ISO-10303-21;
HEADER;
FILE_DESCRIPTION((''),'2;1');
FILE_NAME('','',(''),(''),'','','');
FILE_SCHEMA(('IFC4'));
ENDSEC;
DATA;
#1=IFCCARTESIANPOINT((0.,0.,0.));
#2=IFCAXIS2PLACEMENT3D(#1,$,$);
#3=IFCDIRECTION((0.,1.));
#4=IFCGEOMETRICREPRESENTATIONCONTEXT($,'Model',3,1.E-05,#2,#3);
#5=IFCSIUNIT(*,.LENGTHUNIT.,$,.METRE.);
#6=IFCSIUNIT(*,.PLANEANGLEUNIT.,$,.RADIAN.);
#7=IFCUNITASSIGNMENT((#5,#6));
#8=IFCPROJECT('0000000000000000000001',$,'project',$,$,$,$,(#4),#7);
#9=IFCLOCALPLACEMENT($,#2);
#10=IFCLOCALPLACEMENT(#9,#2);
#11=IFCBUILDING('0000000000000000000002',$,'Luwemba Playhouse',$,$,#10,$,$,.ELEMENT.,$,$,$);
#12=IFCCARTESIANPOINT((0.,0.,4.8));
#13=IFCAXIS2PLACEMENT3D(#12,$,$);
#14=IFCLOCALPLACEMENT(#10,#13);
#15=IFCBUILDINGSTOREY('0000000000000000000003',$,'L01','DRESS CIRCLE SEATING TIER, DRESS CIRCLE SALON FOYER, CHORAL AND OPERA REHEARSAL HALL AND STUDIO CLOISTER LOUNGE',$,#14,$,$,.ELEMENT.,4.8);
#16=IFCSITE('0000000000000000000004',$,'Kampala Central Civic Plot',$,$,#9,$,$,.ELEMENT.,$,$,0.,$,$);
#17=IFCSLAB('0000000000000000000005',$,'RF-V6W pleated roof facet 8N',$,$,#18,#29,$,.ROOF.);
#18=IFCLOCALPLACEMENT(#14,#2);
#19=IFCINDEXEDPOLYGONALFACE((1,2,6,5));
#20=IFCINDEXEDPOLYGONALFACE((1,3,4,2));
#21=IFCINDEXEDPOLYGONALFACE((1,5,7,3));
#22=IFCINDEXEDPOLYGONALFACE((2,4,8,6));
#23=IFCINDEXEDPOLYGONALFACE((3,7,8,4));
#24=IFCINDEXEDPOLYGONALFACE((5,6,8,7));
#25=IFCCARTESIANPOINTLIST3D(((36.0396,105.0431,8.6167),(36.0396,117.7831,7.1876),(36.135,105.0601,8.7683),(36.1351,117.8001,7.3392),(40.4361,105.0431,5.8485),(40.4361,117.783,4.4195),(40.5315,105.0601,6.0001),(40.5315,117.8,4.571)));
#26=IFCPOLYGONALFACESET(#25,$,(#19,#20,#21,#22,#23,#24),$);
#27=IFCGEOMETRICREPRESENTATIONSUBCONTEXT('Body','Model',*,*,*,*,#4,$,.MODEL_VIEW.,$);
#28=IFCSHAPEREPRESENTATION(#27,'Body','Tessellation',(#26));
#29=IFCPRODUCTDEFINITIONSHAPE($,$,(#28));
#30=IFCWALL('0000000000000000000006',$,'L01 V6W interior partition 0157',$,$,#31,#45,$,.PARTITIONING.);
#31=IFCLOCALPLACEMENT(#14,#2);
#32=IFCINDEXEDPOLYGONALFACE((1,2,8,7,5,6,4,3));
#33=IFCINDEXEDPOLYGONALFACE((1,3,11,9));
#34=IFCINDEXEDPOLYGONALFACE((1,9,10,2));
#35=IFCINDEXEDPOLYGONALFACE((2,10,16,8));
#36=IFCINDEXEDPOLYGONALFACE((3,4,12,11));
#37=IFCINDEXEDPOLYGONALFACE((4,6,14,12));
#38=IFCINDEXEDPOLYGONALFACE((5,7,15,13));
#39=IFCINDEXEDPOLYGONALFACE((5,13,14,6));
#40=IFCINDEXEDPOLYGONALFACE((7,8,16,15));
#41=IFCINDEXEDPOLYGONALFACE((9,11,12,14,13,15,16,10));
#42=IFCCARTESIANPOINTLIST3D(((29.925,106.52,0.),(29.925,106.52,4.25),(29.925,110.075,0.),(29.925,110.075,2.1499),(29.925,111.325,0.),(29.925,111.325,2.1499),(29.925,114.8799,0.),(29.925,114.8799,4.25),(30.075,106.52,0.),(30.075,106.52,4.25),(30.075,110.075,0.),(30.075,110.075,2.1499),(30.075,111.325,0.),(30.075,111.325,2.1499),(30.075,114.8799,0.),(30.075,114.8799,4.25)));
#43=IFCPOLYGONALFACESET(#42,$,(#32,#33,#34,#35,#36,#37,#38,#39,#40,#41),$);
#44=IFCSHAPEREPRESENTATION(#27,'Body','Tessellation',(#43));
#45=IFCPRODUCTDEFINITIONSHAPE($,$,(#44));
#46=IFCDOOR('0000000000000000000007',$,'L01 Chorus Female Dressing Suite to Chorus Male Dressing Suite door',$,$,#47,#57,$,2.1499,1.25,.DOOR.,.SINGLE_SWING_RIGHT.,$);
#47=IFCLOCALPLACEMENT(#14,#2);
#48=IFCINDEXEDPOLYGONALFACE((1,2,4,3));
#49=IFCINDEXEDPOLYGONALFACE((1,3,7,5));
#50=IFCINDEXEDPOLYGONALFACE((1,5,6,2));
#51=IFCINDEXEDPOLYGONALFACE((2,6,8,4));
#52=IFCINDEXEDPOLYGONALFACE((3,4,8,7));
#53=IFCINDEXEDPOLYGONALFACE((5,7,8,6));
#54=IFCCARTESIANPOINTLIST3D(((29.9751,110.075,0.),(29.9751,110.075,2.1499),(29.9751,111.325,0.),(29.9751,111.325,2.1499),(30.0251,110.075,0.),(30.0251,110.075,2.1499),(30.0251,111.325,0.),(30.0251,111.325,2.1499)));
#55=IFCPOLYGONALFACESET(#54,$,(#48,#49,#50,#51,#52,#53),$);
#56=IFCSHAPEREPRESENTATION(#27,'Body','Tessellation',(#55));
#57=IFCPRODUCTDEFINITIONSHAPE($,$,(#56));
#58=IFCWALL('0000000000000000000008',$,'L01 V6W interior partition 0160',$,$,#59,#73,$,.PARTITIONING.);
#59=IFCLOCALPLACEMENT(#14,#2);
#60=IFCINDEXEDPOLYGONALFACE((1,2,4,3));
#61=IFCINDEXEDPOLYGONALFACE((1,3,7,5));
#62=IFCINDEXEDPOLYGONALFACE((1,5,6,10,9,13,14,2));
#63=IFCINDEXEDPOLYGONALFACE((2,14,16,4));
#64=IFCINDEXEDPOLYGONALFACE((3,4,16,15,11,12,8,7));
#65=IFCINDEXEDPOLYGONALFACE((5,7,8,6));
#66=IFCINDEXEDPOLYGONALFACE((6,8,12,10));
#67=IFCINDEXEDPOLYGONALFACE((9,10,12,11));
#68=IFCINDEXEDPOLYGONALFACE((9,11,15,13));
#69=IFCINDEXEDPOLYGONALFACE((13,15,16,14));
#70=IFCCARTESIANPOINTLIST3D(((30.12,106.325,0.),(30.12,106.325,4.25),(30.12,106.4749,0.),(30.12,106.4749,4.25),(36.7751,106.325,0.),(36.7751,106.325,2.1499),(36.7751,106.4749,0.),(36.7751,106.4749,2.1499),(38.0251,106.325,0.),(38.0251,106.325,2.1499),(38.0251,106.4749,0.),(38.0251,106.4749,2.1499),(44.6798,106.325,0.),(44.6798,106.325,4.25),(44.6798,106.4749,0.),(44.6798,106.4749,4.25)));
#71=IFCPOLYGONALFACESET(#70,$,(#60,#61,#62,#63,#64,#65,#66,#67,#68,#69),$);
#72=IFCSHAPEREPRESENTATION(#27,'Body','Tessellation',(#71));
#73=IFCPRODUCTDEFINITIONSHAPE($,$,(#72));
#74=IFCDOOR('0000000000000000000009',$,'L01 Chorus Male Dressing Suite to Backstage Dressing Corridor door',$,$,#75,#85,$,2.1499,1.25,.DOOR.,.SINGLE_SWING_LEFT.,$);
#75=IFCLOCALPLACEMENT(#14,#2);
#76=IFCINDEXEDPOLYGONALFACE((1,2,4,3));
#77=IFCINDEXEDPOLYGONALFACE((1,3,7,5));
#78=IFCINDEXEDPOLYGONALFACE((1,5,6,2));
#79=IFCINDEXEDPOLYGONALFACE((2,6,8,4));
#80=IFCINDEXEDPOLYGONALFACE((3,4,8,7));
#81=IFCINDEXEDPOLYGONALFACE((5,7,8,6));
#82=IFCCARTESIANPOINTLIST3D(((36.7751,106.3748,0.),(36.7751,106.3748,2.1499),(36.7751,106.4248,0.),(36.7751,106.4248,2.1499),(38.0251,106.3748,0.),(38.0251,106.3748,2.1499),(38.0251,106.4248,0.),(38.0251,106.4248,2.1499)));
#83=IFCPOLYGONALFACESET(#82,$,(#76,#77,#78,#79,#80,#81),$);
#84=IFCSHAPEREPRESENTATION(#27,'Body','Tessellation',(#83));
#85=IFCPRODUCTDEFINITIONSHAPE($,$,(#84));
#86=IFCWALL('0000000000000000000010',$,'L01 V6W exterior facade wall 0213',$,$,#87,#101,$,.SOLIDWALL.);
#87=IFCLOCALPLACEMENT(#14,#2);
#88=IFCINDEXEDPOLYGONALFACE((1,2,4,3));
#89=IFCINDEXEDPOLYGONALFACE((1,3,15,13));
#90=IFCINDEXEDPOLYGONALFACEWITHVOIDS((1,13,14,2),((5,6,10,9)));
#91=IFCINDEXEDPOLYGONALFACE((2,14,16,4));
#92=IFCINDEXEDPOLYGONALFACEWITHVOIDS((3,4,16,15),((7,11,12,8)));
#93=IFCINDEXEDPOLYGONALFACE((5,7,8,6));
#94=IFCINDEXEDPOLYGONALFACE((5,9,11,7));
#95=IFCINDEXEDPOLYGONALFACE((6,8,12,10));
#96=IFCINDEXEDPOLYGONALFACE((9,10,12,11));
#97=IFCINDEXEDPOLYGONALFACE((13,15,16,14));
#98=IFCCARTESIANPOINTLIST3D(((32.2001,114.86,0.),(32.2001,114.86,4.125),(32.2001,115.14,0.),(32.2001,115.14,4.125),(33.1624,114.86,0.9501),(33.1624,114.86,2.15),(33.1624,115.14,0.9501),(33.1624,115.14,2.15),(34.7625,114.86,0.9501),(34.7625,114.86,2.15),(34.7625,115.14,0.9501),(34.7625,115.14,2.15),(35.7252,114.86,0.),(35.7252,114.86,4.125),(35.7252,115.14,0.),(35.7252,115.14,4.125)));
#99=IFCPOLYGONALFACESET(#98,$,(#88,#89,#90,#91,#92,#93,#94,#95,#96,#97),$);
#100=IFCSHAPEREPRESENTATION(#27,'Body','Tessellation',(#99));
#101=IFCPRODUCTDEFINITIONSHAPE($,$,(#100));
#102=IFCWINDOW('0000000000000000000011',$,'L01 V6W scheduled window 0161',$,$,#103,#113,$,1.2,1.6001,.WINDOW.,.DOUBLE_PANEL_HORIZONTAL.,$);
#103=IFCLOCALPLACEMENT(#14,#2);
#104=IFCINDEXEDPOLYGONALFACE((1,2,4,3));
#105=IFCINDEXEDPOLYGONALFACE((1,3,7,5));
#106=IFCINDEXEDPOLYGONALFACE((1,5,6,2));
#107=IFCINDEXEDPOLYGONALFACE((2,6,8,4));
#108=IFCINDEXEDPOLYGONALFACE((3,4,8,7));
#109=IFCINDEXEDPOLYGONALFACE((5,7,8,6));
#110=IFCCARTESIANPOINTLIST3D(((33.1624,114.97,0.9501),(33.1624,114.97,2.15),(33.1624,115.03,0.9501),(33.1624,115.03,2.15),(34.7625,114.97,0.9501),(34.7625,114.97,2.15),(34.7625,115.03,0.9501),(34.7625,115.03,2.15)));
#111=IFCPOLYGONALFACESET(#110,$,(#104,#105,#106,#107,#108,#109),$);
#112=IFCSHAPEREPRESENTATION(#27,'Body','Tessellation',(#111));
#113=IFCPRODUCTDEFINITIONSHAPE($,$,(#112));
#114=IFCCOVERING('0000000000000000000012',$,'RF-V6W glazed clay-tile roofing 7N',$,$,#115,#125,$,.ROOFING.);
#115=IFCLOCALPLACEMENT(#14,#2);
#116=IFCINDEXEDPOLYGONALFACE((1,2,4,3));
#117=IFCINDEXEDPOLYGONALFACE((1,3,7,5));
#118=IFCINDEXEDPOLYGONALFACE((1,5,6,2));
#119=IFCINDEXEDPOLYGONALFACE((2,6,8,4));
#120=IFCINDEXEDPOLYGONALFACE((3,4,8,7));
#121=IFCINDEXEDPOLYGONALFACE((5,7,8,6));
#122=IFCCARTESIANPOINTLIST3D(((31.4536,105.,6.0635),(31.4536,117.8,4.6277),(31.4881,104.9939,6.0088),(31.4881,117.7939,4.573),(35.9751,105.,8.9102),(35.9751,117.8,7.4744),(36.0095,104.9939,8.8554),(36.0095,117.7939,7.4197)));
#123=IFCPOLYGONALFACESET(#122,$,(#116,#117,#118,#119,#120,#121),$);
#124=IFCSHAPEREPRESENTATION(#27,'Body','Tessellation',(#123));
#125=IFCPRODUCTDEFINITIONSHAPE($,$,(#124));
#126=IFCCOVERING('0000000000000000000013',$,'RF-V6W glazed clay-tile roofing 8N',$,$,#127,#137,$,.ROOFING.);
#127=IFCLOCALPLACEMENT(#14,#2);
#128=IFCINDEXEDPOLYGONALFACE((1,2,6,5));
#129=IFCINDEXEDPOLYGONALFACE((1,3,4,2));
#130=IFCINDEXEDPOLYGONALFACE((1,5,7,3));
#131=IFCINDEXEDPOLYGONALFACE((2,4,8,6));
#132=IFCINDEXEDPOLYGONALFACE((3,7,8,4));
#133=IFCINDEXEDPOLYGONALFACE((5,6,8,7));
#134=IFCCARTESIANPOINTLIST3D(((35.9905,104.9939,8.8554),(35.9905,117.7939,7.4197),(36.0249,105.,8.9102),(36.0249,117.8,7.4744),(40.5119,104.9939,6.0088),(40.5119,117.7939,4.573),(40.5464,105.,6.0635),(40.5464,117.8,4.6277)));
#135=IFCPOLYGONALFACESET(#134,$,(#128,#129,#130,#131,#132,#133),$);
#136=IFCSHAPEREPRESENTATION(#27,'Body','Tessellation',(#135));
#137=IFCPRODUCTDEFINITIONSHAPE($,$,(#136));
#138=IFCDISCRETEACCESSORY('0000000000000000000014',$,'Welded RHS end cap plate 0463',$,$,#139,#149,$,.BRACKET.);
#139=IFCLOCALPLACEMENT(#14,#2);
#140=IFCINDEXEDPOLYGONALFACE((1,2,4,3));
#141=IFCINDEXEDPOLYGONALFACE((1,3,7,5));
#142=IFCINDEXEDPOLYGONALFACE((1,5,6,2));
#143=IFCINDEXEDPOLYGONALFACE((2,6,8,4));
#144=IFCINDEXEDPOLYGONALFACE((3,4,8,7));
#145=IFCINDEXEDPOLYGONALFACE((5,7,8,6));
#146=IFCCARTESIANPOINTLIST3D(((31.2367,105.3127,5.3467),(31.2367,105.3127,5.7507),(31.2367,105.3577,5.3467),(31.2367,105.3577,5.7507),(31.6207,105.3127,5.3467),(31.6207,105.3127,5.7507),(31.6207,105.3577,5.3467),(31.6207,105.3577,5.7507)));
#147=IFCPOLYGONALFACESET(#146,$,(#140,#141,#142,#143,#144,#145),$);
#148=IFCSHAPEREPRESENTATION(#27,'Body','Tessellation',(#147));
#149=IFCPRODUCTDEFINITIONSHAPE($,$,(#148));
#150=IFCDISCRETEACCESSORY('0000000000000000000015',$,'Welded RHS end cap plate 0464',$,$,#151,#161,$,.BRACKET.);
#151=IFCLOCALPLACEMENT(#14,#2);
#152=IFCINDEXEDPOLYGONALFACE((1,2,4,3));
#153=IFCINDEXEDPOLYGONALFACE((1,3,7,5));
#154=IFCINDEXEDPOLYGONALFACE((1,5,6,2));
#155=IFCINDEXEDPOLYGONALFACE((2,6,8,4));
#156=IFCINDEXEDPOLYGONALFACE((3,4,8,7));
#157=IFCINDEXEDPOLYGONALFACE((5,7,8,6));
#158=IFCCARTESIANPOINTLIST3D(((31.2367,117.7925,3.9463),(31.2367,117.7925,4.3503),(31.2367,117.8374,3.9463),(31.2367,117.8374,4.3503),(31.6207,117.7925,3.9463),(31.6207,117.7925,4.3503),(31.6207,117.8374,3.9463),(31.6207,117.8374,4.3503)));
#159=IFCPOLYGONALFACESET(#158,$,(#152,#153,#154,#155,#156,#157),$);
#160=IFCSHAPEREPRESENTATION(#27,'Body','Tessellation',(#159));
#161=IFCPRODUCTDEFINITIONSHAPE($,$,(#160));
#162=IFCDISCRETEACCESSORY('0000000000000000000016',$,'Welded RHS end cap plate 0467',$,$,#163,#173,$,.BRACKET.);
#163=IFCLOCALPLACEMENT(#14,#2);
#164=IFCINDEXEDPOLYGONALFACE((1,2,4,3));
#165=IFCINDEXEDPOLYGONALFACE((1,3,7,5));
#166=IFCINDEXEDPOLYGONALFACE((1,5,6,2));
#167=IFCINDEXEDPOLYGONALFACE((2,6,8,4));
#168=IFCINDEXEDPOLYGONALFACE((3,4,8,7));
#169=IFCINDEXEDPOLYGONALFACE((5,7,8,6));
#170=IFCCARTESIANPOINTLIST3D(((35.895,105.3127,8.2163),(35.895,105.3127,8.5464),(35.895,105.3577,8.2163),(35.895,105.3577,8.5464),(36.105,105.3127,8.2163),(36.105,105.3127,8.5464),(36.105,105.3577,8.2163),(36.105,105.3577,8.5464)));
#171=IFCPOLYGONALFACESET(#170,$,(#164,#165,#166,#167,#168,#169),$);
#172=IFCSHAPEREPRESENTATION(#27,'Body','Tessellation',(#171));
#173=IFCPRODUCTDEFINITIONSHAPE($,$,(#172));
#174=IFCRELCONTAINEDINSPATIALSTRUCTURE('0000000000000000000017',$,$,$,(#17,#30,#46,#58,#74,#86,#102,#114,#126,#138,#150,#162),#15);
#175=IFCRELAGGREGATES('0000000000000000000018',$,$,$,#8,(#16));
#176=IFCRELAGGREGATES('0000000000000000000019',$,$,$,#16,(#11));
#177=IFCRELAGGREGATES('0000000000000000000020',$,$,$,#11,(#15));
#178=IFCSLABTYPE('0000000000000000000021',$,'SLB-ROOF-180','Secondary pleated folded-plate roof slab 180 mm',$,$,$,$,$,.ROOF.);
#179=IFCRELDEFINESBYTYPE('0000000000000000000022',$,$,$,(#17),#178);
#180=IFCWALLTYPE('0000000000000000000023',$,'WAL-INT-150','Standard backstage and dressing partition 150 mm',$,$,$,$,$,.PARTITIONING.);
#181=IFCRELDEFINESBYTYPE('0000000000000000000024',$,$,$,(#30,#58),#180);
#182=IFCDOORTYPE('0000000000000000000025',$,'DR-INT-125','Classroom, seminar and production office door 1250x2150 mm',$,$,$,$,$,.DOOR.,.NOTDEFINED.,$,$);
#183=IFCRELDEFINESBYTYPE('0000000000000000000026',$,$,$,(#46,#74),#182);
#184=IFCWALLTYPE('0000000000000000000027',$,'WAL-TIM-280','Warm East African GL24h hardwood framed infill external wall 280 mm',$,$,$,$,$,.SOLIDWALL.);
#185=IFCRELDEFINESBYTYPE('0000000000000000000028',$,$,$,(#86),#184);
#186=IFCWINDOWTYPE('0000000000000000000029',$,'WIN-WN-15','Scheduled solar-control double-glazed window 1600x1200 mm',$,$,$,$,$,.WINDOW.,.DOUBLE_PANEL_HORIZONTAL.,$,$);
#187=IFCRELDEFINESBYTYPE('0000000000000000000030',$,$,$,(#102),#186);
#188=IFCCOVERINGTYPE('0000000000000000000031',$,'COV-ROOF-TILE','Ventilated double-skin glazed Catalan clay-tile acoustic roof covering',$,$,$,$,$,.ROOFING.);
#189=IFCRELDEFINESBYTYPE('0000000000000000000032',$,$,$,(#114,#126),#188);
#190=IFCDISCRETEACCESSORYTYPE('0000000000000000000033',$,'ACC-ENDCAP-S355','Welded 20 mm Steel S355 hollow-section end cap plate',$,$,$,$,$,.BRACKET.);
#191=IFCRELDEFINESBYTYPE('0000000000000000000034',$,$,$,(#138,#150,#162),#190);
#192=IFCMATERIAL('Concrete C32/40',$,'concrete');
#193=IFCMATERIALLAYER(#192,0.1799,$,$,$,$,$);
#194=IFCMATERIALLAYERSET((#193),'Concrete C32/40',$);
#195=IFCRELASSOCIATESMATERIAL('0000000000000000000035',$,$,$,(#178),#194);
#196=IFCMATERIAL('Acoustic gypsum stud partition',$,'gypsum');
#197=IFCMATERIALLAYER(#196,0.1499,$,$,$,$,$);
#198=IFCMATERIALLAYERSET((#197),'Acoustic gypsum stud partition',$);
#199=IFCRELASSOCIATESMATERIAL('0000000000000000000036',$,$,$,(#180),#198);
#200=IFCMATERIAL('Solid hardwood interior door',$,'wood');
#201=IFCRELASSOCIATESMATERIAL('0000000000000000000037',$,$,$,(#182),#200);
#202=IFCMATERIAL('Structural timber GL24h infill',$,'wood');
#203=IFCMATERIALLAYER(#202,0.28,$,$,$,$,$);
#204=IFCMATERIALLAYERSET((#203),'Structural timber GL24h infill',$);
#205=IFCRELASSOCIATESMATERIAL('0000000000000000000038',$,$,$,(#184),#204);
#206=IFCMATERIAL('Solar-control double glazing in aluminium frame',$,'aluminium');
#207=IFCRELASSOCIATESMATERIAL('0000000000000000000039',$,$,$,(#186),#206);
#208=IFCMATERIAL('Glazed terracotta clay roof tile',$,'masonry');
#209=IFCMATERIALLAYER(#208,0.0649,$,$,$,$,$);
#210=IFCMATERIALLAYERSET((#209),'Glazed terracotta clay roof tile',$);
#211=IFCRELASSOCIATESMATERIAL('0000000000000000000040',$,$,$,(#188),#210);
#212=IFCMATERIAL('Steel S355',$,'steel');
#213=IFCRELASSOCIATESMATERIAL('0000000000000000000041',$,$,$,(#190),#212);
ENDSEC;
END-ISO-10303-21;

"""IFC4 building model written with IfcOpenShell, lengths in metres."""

from ifc_helpers import new_model, si_unit, direction, frame, frame_2d, origin, origin_2d, place, context, subcontext, project, spatial, polyline, rectangle, outline, extrude, material, layer, layer_set, type_object, element, fill, save


model = new_model("IFC4")

# Units and contexts
model_context = context("Model", 3, precision=1e-05, world=origin(), true_north=direction((0.0, 1.0)))
body_context = subcontext(model_context, "Body", "Model", "MODEL_VIEW")
ifc_project = project(units=[si_unit("LENGTHUNIT", "METRE"), si_unit("PLANEANGLEUNIT", "RADIAN")], contexts=[model_context])

# Site, building, storey
site_placement = place(None, origin())
site = spatial("IfcSite", under=ifc_project, at=site_placement, Name="Kampala Central Civic Plot", CompositionType="ELEMENT", RefElevation=0.0)
building_placement = place(site_placement, origin())
building = spatial("IfcBuilding", under=site, at=building_placement, Name="Luwemba Playhouse", CompositionType="ELEMENT")
storey_placement = place(building_placement, frame((0.0, 0.0, 4.8)))
storey = spatial("IfcBuildingStorey", under=building, at=storey_placement, Name="L01", Description="DRESS CIRCLE SEATING TIER, DRESS CIRCLE SALON FOYER, CHORAL AND OPERA REHEARSAL HALL AND STUDIO CLOISTER LOUNGE", CompositionType="ELEMENT", Elevation=4.8)

# Shared definitions
ifc_material_1 = material(Name="Steel S355", Category="steel")

# Slab
ifc_material_2 = material(Name="Concrete C32/40", Category="concrete")
ifc_layer_1 = layer(ifc_material_2, 0.1799)
ifc_layer_set_1 = layer_set([ifc_layer_1], Name="Concrete C32/40")
slab_type = type_object("IfcSlabType", Name="SLB-ROOF-180", Description="Secondary pleated folded-plate roof slab 180 mm", PredefinedType="ROOF", material=ifc_layer_set_1)
slab_1_placement = place(storey_placement, frame((36.135, 105.0601, 8.7683), z_axis=(0.530433, 0.094499, 0.842443), x_axis=(0.84623, 0.000002, -0.532818)))
element("IfcSlab", 1, at=slab_1_placement, inside=storey, type_object=slab_type, Name="RF-V6W pleated roof facet 8N", PredefinedType="ROOF", context=body_context, shape_type="SweptSolid", body=[
    extrude(outline(polyline([(0.0, 0.0), (5.1954, 0.0), (5.9568, 12.7972), (0.7615, 12.7973), (0.0, 0.0)])), origin(), (0.0, 0.0, -1.0), 0.1799),
])

# Walls, openings, doors
ifc_material_3 = material(Name="Acoustic gypsum stud partition", Category="gypsum")
ifc_layer_2 = layer(ifc_material_3, 0.1499)
ifc_layer_set_2 = layer_set([ifc_layer_2], Name="Acoustic gypsum stud partition")
wall_type_1 = type_object("IfcWallType", Name="WAL-INT-150", Description="Standard backstage and dressing partition 150 mm", PredefinedType="PARTITIONING", material=ifc_layer_set_2)
wall_1_placement = place(storey_placement, frame((30.0, 106.52, 0.0), z_axis=(0.0, 0.0, 1.0), x_axis=(0.0, 1.0, 0.0)))
wall_1 = element("IfcWall", 2, at=wall_1_placement, inside=storey, type_object=wall_type_1, Name="L01 V6W interior partition 0157", PredefinedType="PARTITIONING", context=body_context, shape_type="SweptSolid", body=[
    extrude(rectangle(XDim=8.3599, YDim=0.1499, at=frame_2d((4.1799, 0.0))), origin(), (0.0, 0.0, 1.0), 4.25),
])
opening_1_placement = place(wall_1_placement, frame((3.5549, 0.0, 0.0)))
opening_1 = element("IfcOpeningElement", 3, at=opening_1_placement, cuts=wall_1, PredefinedType="OPENING", context=body_context, shape_type="SweptSolid", body=[
    extrude(rectangle(XDim=1.25, YDim=2.1499, at=frame_2d((0.625, 1.075))), frame((0.0, 0.085, 0.0), z_axis=(0.0, -1.0, 0.0), x_axis=(1.0, 0.0, 0.0)), (0.0, 0.0, 1.0), 0.1699),
])
ifc_material_4 = material(Name="Solid hardwood interior door", Category="wood")
door_type = type_object("IfcDoorType", Name="DR-INT-125", Description="Classroom, seminar and production office door 1250x2150 mm", OperationType="NOTDEFINED", PredefinedType="DOOR", material=ifc_material_4)
door_1_placement = place(opening_1_placement, origin())
door_1 = element("IfcDoor", 4, at=door_1_placement, inside=storey, type_object=door_type, Name="L01 Chorus Female Dressing Suite to Chorus Male Dressing Suite door", OperationType="SINGLE_SWING_RIGHT", OverallHeight=2.1499, OverallWidth=1.25, PredefinedType="DOOR", context=body_context, shape_type="SweptSolid", body=[
    extrude(rectangle(XDim=1.25, YDim=2.1499, at=frame_2d((0.625, 1.075))), frame((0.0, 0.0249, 0.0), z_axis=(0.0, -1.0, 0.0), x_axis=(1.0, 0.0, 0.0)), (0.0, 0.0, 1.0), 0.05),
])
fill(opening_1, door_1)
wall_2_placement = place(storey_placement, frame((30.1201, 106.3999, 0.0), z_axis=(0.0, 0.0, 1.0), x_axis=(1.0, 0.0, 0.0)))
wall_2 = element("IfcWall", 5, at=wall_2_placement, inside=storey, type_object=wall_type_1, Name="L01 V6W interior partition 0160", PredefinedType="PARTITIONING", context=body_context, shape_type="SweptSolid", body=[
    extrude(rectangle(XDim=14.5598, YDim=0.1499, at=frame_2d((7.2798, 0.0))), origin(), (0.0, 0.0, 1.0), 4.25),
])
opening_2_placement = place(wall_2_placement, frame((6.655, 0.0, 0.0)))
opening_2 = element("IfcOpeningElement", 6, at=opening_2_placement, cuts=wall_2, PredefinedType="OPENING", context=body_context, shape_type="SweptSolid", body=[
    extrude(rectangle(XDim=1.25, YDim=2.1499, at=frame_2d((0.625, 1.075))), frame((0.0, 0.085, 0.0), z_axis=(0.0, -1.0, 0.0), x_axis=(1.0, 0.0, 0.0)), (0.0, 0.0, 1.0), 0.1699),
])
door_2_placement = place(opening_2_placement, origin())
door_2 = element("IfcDoor", 7, at=door_2_placement, inside=storey, type_object=door_type, Name="L01 Chorus Male Dressing Suite to Backstage Dressing Corridor door", OperationType="SINGLE_SWING_LEFT", OverallHeight=2.1499, OverallWidth=1.25, PredefinedType="DOOR", context=body_context, shape_type="SweptSolid", body=[
    extrude(rectangle(XDim=1.25, YDim=2.1499, at=frame_2d((0.625, 1.075))), frame((0.0, 0.0249, 0.0), z_axis=(0.0, -1.0, 0.0), x_axis=(1.0, 0.0, 0.0)), (0.0, 0.0, 1.0), 0.05),
])
fill(opening_2, door_2)

# Wall, opening, window
ifc_material_5 = material(Name="Structural timber GL24h infill", Category="wood")
ifc_layer_3 = layer(ifc_material_5, 0.28)
ifc_layer_set_3 = layer_set([ifc_layer_3], Name="Structural timber GL24h infill")
wall_type_2 = type_object("IfcWallType", Name="WAL-TIM-280", Description="Warm East African GL24h hardwood framed infill external wall 280 mm", PredefinedType="SOLIDWALL", material=ifc_layer_set_3)
wall_3_placement = place(storey_placement, frame((32.2, 115.0, 0.0), z_axis=(0.0, 0.0, 1.0), x_axis=(1.0, 0.0, 0.0)))
wall_3 = element("IfcWall", 8, at=wall_3_placement, inside=storey, type_object=wall_type_2, Name="L01 V6W exterior facade wall 0213", PredefinedType="SOLIDWALL", context=body_context, shape_type="SweptSolid", body=[
    extrude(rectangle(XDim=3.5251, YDim=0.28, at=frame_2d((1.7627, 0.0))), origin(), (0.0, 0.0, 1.0), 4.125),
])
opening_3_placement = place(wall_3_placement, frame((0.9624, 0.0, 0.95)))
opening_3 = element("IfcOpeningElement", 9, at=opening_3_placement, cuts=wall_3, PredefinedType="OPENING", context=body_context, shape_type="SweptSolid", body=[
    extrude(rectangle(XDim=1.6001, YDim=1.2, at=frame_2d((0.8, 0.6001))), frame((0.0, 0.1499, 0.0), z_axis=(0.0, -1.0, 0.0), x_axis=(1.0, 0.0, 0.0)), (0.0, 0.0, 1.0), 0.3),
])
ifc_material_6 = material(Name="Solar-control double glazing in aluminium frame", Category="aluminium")
window_type = type_object("IfcWindowType", Name="WIN-WN-15", Description="Scheduled solar-control double-glazed window 1600x1200 mm", PartitioningType="DOUBLE_PANEL_HORIZONTAL", PredefinedType="WINDOW", material=ifc_material_6)
window_placement = place(opening_3_placement, origin())
window = element("IfcWindow", 10, at=window_placement, inside=storey, type_object=window_type, Name="L01 V6W scheduled window 0161", OverallHeight=1.2, OverallWidth=1.6001, PartitioningType="DOUBLE_PANEL_HORIZONTAL", PredefinedType="WINDOW", context=body_context, shape_type="SweptSolid", body=[
    extrude(rectangle(XDim=1.6001, YDim=1.2, at=frame_2d((0.8, 0.6001))), frame((0.0, 0.03, 0.0), z_axis=(0.0, -1.0, 0.0), x_axis=(1.0, 0.0, 0.0)), (0.0, 0.0, 1.0), 0.0601),
])
fill(opening_3, window)

# Coverings
ifc_material_7 = material(Name="Glazed terracotta clay roof tile", Category="masonry")
ifc_layer_4 = layer(ifc_material_7, 0.0649)
ifc_layer_set_4 = layer_set([ifc_layer_4], Name="Glazed terracotta clay roof tile")
covering_type = type_object("IfcCoveringType", Name="COV-ROOF-TILE", Description="Ventilated double-skin glazed Catalan clay-tile acoustic roof covering", PredefinedType="ROOFING", material=ifc_layer_set_4)
covering_1_placement = place(storey_placement, frame((31.4536, 105.0, 6.0635), z_axis=(-0.530405, 0.094499, 0.842461), x_axis=(0.846248, 0.0, 0.532789)))
element("IfcCovering", 11, at=covering_1_placement, inside=storey, type_object=covering_type, Name="RF-V6W glazed clay-tile roofing 7N", PredefinedType="ROOFING", context=body_context, shape_type="SweptSolid", body=[
    extrude(outline(polyline([(0.0, 0.0), (5.343, 0.0), (4.578, 12.8576), (-0.765, 12.8576), (0.0, 0.0)])), origin(), (0.0, 0.0, -1.0), 0.0649),
])
covering_2_placement = place(storey_placement, frame((36.0249, 105.0, 8.9102), z_axis=(0.530405, 0.094499, 0.842461), x_axis=(0.846248, 0.0, -0.532789)))
element("IfcCovering", 12, at=covering_2_placement, inside=storey, type_object=covering_type, Name="RF-V6W glazed clay-tile roofing 8N", PredefinedType="ROOFING", context=body_context, shape_type="SweptSolid", body=[
    extrude(outline(polyline([(0.0, 0.0), (5.343, 0.0), (6.108, 12.8576), (0.765, 12.8576), (0.0, 0.0)])), origin(), (0.0, 0.0, -1.0), 0.0649),
])

# Discrete accessories
discrete_accessory_type = type_object("IfcDiscreteAccessoryType", Name="ACC-ENDCAP-S355", Description="Welded 20 mm Steel S355 hollow-section end cap plate", PredefinedType="BRACKET", material=ifc_material_1)
for number, where, z_axis, x_axis, name in (
    (13, (31.4287, 105.3352, 5.3467), (0.0, 0.0, 1.0), (1.0, 0.0, 0.0), "Welded RHS end cap plate 0463"),
    (14, (31.4287, 117.8149, 3.9463), (0.0, 0.0, 1.0), (1.0, 0.0, 0.0), "Welded RHS end cap plate 0464"),
):
    element("IfcDiscreteAccessory", number, at=place(storey_placement, frame(where, z_axis=z_axis, x_axis=x_axis)), inside=storey, type_object=discrete_accessory_type, Name=name, PredefinedType="BRACKET", context=body_context, shape_type="SweptSolid", body=[
        extrude(rectangle(XDim=0.384, YDim=0.0449, at=origin_2d()), origin(), (0.0, 0.0, 1.0), 0.4041),
    ])
for number, where, z_axis, x_axis, name in (
    (15, (36.0, 105.3352, 8.2163), (0.0, 0.0, 1.0), (1.0, 0.0, 0.0), "Welded RHS end cap plate 0467"),
):
    element("IfcDiscreteAccessory", number, at=place(storey_placement, frame(where, z_axis=z_axis, x_axis=x_axis)), inside=storey, type_object=discrete_accessory_type, Name=name, PredefinedType="BRACKET", context=body_context, shape_type="SweptSolid", body=[
        extrude(rectangle(XDim=0.21, YDim=0.0449, at=origin_2d()), origin(), (0.0, 0.0, 1.0), 0.3301),
    ])

save(model, "model.ifc")
